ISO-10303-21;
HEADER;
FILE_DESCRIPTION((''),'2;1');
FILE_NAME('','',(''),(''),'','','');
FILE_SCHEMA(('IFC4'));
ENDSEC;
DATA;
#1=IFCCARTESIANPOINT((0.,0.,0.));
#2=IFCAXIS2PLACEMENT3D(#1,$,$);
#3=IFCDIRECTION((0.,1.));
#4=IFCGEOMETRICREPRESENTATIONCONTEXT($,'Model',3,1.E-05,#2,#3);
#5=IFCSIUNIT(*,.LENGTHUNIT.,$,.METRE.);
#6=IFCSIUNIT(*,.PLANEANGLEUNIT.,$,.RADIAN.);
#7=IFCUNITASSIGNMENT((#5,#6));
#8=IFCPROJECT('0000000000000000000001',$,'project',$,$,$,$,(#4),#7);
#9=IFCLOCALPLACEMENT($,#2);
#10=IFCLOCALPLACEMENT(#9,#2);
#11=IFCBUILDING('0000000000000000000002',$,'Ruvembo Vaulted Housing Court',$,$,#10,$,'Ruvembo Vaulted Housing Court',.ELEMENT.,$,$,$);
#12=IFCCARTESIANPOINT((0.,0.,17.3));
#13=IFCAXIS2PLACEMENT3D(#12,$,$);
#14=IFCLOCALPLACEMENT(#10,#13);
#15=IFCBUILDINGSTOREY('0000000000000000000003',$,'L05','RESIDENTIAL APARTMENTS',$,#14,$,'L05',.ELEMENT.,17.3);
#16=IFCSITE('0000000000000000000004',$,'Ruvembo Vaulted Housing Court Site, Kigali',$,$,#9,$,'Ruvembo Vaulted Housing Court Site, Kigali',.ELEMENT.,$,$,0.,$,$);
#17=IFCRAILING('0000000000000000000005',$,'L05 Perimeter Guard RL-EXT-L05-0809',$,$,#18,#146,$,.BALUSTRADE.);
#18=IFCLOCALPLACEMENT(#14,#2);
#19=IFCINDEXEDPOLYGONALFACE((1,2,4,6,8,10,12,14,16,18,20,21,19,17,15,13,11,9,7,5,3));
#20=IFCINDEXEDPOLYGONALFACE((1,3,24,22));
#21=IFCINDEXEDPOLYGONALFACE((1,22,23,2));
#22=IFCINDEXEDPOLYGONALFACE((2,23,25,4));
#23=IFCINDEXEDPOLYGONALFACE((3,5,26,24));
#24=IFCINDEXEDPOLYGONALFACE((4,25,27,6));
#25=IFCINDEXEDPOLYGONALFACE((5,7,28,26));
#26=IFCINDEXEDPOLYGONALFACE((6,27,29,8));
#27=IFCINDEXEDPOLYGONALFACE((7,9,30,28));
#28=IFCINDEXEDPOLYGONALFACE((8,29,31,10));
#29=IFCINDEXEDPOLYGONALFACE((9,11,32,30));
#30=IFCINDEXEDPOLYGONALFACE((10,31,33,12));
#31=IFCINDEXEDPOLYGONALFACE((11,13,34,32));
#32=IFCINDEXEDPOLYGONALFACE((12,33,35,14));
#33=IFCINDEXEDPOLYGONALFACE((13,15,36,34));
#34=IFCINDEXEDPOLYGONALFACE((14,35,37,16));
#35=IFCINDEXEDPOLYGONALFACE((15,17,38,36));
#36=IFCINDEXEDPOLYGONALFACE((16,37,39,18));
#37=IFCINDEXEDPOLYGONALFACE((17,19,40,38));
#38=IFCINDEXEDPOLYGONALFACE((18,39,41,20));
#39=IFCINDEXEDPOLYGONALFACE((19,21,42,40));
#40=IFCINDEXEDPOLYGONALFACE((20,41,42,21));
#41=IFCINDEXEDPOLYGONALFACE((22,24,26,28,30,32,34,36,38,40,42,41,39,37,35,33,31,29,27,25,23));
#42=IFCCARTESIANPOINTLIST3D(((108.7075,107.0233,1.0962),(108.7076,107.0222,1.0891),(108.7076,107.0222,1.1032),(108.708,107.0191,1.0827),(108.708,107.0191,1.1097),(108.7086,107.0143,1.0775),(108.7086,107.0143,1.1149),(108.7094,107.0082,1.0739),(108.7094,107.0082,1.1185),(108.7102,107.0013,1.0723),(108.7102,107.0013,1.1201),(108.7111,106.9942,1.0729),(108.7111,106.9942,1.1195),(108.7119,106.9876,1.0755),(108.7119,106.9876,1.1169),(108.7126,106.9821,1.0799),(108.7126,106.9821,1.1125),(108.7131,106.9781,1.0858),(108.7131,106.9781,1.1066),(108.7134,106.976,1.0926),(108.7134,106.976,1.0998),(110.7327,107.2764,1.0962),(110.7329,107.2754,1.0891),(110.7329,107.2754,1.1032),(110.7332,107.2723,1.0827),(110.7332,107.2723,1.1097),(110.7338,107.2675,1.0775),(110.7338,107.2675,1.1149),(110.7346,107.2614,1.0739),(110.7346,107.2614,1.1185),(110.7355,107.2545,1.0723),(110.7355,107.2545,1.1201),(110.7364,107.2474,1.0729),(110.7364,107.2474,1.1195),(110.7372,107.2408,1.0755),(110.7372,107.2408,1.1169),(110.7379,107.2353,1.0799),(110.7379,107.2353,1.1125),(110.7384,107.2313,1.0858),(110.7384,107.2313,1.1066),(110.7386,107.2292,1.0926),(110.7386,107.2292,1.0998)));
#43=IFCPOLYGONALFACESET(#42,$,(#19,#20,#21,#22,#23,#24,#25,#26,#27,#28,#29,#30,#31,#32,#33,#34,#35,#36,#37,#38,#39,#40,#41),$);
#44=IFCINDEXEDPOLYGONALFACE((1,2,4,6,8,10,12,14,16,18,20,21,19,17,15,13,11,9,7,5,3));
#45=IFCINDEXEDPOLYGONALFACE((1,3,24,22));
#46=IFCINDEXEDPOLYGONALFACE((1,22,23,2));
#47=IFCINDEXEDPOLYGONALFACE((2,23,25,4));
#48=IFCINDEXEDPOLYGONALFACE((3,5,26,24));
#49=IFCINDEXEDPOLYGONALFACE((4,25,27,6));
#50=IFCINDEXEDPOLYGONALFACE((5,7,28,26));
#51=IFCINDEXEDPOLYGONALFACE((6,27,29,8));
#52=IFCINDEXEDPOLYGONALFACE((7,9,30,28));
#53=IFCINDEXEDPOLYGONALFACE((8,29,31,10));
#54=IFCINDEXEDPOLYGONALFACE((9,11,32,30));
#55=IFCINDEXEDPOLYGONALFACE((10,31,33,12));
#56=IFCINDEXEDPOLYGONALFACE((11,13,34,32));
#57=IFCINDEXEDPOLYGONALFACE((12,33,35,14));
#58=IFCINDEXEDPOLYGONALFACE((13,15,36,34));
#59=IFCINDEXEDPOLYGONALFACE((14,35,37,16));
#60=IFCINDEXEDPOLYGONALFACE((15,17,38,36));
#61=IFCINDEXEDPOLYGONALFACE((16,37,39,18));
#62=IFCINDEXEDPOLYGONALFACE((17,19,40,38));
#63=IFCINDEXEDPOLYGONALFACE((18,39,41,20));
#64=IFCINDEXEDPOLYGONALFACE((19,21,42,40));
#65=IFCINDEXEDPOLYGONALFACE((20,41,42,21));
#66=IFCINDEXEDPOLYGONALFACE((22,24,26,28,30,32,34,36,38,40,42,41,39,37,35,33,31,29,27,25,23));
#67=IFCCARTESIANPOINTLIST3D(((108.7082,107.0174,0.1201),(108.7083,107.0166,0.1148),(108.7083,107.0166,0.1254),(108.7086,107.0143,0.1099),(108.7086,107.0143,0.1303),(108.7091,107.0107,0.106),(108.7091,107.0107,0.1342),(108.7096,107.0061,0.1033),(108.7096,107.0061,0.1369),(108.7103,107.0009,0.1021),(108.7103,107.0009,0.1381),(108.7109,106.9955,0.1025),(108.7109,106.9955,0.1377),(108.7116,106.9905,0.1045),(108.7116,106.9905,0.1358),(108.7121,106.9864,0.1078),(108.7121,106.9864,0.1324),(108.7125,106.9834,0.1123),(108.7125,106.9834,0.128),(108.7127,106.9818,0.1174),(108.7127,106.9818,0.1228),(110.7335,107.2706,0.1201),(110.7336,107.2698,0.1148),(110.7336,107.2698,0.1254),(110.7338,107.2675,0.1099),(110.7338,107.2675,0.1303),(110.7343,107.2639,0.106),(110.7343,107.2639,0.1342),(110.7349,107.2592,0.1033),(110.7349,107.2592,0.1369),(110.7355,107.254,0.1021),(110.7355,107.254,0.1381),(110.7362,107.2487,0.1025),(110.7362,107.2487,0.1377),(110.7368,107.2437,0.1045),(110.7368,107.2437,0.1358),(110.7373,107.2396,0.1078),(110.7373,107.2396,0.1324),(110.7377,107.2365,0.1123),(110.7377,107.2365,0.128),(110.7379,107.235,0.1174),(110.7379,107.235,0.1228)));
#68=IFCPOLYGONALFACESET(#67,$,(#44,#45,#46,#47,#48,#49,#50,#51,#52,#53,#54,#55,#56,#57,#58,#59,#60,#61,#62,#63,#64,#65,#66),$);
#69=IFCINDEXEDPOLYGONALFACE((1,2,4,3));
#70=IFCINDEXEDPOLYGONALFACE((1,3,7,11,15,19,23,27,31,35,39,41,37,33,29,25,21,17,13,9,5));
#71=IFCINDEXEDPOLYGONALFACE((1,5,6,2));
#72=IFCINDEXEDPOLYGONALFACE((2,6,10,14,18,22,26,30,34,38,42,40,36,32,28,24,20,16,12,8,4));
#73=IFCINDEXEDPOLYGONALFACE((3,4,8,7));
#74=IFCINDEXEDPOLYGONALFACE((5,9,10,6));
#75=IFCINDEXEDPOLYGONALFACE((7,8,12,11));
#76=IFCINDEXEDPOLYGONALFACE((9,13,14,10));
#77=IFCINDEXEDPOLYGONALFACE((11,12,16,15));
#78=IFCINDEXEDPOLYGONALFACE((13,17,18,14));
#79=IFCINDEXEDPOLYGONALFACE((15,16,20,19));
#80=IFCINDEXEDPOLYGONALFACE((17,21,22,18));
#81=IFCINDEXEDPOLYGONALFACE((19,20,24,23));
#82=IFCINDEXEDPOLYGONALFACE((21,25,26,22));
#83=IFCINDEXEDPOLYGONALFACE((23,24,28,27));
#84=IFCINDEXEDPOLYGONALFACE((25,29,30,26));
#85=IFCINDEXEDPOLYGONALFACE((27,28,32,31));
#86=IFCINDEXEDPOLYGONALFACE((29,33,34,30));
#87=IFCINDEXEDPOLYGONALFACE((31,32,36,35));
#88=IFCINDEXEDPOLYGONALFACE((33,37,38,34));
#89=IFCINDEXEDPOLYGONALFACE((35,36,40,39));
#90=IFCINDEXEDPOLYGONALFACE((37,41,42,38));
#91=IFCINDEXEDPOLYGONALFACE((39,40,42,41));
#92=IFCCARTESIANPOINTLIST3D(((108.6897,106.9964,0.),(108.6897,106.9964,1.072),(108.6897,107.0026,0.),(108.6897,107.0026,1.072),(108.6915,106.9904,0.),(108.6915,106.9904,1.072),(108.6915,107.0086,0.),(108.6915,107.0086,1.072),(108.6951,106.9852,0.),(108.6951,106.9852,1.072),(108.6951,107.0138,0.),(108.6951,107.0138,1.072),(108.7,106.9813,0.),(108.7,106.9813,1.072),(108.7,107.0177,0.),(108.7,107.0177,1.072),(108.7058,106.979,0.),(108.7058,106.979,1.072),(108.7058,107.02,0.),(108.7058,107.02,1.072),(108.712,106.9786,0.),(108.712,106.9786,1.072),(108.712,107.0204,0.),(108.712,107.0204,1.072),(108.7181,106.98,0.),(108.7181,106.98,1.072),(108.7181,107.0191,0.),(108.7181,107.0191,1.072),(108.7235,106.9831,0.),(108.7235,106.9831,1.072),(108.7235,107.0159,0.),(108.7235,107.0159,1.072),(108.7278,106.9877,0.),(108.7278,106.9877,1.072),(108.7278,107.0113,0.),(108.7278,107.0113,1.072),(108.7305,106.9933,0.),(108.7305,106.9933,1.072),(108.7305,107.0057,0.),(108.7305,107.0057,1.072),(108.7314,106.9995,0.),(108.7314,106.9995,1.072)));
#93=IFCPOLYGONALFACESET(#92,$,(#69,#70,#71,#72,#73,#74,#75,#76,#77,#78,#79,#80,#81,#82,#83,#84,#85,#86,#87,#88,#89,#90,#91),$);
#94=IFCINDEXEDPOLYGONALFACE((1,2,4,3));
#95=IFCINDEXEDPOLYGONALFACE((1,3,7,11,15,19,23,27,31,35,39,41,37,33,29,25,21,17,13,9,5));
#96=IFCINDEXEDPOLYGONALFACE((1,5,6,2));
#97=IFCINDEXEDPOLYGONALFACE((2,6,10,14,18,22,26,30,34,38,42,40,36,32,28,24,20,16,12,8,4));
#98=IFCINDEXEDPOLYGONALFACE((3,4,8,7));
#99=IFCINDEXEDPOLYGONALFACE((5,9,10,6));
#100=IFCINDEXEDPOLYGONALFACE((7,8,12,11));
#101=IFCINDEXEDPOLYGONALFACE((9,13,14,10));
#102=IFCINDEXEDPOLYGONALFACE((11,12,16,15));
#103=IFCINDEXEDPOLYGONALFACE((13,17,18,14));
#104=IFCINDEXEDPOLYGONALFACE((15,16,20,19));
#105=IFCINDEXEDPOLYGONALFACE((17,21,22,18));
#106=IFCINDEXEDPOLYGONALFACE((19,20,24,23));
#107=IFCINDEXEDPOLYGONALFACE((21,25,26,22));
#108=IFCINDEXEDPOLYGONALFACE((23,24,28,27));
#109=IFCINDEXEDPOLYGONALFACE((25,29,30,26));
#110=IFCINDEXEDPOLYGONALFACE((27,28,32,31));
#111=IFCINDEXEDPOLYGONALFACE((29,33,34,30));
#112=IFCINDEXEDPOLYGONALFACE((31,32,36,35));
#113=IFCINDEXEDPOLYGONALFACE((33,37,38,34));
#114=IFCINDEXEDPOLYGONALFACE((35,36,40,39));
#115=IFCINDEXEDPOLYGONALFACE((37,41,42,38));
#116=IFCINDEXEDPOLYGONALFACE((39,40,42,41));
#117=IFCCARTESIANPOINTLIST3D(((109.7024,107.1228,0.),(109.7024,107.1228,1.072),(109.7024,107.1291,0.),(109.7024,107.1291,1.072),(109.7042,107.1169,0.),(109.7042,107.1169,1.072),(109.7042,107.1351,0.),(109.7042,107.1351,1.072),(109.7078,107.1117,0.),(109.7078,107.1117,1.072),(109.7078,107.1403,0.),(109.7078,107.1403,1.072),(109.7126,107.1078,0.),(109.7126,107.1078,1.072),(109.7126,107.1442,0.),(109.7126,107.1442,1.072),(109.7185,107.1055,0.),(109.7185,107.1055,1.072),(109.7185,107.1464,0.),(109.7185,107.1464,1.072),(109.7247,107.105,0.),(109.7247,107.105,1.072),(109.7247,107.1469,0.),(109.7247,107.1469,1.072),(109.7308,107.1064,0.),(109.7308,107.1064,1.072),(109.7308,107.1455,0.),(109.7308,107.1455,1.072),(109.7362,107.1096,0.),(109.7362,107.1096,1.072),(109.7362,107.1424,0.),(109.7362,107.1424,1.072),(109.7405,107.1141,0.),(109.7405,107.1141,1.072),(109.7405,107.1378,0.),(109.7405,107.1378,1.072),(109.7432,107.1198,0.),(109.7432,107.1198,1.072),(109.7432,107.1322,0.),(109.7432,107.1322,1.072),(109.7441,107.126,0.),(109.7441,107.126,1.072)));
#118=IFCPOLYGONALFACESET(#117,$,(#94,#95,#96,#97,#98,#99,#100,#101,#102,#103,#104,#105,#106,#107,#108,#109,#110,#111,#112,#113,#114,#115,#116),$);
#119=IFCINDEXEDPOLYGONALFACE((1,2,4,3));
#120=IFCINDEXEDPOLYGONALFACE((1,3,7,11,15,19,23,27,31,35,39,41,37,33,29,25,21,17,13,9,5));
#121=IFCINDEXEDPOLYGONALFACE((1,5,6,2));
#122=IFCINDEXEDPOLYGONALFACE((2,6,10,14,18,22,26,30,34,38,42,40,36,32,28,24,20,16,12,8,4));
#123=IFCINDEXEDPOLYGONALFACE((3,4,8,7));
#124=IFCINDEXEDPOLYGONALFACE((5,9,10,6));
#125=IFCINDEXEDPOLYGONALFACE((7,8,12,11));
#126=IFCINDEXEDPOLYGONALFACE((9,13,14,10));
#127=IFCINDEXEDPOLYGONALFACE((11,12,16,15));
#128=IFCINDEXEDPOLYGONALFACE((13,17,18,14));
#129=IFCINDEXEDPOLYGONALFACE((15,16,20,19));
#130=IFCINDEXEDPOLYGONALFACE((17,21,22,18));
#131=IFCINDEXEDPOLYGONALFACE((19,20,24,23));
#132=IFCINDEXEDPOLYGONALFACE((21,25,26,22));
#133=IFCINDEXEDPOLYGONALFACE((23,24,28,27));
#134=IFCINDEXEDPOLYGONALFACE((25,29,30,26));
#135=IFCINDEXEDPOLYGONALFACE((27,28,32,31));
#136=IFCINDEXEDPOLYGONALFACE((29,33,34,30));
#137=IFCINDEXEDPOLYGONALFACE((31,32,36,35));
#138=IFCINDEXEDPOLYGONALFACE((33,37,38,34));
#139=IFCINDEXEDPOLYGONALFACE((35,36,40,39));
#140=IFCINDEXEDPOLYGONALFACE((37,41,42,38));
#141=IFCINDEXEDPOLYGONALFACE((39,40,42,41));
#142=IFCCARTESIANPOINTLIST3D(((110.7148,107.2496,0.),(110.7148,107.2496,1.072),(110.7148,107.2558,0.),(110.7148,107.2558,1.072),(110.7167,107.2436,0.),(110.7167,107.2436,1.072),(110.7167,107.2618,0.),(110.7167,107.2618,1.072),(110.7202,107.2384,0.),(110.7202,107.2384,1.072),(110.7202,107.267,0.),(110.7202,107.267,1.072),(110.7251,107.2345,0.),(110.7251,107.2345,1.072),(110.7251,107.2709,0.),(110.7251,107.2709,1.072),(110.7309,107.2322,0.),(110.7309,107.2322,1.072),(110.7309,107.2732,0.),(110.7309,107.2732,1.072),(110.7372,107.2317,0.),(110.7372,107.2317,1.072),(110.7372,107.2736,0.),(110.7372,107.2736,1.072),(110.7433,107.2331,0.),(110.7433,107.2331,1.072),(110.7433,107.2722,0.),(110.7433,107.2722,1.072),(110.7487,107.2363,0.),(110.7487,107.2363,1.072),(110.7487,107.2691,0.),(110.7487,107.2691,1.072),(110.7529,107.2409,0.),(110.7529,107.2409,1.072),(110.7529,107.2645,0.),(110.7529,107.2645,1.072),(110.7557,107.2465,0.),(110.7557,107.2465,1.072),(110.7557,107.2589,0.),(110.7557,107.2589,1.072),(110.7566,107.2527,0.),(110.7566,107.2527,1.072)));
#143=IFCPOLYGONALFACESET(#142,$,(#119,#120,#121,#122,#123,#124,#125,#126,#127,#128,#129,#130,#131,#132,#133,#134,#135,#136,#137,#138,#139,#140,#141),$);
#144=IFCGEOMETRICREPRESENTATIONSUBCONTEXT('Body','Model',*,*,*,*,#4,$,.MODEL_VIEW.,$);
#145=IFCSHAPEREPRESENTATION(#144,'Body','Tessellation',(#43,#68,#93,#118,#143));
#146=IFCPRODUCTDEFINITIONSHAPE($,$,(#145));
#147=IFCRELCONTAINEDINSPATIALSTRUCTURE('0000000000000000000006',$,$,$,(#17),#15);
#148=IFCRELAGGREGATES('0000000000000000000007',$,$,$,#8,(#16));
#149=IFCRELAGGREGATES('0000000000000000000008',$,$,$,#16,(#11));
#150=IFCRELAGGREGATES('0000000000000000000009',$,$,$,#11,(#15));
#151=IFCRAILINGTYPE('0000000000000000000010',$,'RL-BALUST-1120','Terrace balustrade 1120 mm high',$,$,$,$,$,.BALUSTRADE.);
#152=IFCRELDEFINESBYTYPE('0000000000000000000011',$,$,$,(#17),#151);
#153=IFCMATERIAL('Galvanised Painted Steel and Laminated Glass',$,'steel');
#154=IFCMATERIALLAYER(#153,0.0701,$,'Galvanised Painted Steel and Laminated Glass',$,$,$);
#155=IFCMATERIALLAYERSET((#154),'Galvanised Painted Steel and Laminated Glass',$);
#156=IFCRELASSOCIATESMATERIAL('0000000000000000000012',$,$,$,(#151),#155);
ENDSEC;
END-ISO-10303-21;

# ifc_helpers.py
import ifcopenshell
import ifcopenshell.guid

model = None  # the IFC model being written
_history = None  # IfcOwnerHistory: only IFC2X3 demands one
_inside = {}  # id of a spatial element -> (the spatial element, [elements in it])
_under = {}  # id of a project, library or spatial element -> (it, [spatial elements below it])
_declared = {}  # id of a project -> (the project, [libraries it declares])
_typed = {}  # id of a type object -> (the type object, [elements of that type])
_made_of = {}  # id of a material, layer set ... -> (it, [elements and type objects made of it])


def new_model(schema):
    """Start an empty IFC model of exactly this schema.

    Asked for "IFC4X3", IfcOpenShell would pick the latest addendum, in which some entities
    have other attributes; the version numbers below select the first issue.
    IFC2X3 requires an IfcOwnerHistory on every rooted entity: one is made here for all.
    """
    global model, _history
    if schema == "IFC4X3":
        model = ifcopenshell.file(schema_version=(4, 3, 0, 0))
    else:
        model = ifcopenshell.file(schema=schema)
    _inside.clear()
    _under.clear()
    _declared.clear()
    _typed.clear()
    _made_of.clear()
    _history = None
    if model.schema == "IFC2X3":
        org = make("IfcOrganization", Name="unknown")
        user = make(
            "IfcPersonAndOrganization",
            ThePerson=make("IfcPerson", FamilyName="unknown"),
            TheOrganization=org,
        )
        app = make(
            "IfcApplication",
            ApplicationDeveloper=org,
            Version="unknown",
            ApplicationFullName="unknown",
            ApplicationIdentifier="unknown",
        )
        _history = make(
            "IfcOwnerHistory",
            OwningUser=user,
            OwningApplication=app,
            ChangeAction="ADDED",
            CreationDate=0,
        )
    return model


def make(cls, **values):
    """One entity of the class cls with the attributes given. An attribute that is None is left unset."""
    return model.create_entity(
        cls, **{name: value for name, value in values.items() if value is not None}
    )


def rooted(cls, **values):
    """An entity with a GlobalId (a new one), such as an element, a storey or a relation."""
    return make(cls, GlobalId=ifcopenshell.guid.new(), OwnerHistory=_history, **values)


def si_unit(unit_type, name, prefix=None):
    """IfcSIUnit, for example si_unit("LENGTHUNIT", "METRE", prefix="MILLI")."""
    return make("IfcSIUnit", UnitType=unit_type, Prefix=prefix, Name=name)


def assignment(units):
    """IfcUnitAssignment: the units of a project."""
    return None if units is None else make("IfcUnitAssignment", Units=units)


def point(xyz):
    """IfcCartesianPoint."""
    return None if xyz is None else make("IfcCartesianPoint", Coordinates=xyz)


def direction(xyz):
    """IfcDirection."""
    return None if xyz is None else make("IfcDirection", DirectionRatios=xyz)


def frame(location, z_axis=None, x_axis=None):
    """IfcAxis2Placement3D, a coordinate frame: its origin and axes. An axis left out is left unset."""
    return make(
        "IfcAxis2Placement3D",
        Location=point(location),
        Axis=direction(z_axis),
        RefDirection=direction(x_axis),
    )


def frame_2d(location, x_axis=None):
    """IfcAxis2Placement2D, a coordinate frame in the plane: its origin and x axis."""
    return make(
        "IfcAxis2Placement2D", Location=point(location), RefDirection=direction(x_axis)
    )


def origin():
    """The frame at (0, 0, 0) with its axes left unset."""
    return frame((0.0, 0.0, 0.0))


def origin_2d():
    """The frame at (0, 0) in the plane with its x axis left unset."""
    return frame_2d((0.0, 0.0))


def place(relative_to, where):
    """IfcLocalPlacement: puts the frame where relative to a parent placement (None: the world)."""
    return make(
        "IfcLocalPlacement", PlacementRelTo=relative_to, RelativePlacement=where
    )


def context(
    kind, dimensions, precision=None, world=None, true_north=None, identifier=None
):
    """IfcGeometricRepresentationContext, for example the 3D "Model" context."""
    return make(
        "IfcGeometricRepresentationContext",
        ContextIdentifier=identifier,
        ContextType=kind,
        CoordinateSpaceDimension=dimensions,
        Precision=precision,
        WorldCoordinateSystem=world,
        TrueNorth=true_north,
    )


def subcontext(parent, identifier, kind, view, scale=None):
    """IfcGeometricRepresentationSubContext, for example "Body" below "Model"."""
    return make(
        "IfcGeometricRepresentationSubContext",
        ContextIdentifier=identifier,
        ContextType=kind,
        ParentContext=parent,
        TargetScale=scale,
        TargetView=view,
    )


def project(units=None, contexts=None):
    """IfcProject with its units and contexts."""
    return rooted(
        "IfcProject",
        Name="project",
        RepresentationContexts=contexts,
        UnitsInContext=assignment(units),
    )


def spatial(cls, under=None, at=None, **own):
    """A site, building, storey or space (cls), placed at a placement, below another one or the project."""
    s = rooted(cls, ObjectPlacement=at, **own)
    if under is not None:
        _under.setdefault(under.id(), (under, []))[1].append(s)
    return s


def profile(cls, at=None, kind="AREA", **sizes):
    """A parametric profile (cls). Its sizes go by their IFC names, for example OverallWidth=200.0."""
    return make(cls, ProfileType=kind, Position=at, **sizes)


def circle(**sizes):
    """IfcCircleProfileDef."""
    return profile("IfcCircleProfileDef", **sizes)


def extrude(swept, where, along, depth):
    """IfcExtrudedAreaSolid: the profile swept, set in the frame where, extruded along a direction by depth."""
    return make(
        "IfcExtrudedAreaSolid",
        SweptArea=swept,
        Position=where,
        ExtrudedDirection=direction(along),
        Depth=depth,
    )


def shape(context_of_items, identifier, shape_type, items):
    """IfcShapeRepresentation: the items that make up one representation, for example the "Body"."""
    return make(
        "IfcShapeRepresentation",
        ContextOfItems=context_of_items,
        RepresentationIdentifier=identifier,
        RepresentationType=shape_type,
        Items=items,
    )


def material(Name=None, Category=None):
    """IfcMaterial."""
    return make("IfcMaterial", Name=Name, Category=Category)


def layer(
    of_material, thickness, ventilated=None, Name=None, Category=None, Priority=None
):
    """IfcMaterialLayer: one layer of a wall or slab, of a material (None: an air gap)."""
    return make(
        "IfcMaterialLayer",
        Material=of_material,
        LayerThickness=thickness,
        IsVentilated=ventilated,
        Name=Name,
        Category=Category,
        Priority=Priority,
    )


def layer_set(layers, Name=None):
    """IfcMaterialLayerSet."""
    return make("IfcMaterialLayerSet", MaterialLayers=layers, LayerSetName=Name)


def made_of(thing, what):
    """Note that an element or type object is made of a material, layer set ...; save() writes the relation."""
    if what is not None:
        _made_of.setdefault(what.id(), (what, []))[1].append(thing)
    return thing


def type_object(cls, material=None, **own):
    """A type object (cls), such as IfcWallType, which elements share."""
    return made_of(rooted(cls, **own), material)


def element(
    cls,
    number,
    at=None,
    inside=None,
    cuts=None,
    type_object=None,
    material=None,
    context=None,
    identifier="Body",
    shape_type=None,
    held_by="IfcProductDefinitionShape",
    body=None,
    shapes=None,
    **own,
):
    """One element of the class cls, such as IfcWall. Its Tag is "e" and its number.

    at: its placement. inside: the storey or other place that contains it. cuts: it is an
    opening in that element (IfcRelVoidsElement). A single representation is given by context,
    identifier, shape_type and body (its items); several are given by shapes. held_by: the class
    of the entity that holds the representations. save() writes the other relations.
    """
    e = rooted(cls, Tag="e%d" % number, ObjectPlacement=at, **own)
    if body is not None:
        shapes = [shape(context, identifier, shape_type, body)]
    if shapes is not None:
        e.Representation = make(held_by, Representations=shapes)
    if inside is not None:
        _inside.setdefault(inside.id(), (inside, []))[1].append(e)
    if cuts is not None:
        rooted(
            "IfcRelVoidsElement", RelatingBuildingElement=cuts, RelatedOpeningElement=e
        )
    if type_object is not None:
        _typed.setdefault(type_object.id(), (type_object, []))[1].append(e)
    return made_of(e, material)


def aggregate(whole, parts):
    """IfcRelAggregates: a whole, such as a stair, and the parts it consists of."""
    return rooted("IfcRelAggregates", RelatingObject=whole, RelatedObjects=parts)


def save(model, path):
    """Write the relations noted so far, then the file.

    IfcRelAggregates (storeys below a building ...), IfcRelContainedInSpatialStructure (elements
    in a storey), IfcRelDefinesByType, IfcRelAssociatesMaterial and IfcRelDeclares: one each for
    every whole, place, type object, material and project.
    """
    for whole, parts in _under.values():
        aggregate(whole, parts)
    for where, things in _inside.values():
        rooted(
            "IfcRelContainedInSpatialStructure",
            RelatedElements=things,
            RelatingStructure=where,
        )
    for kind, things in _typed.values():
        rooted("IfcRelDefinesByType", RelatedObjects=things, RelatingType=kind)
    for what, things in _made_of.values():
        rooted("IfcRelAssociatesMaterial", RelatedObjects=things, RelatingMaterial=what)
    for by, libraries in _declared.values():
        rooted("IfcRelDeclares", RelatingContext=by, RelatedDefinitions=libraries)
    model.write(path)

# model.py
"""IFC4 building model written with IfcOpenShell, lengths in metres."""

from ifc_helpers import new_model, si_unit, direction, frame, origin, origin_2d, place, context, subcontext, project, spatial, circle, extrude, material, layer, layer_set, type_object, element, save


model = new_model("IFC4")

# Units and contexts
model_context = context("Model", 3, precision=1e-05, world=origin(), true_north=direction((0.0, 1.0)))
body_context = subcontext(model_context, "Body", "Model", "MODEL_VIEW")
ifc_project = project(units=[si_unit("LENGTHUNIT", "METRE"), si_unit("PLANEANGLEUNIT", "RADIAN")], contexts=[model_context])

# Site, building, storey
site_placement = place(None, origin())
site = spatial("IfcSite", under=ifc_project, at=site_placement, Name="Ruvembo Vaulted Housing Court Site, Kigali", LongName="Ruvembo Vaulted Housing Court Site, Kigali", CompositionType="ELEMENT", RefElevation=0.0)
building_placement = place(site_placement, origin())
building = spatial("IfcBuilding", under=site, at=building_placement, Name="Ruvembo Vaulted Housing Court", LongName="Ruvembo Vaulted Housing Court", CompositionType="ELEMENT")
storey_placement = place(building_placement, frame((0.0, 0.0, 17.3)))
storey = spatial("IfcBuildingStorey", under=building, at=storey_placement, Name="L05", Description="RESIDENTIAL APARTMENTS", LongName="L05", CompositionType="ELEMENT", Elevation=17.3)

# Railing
ifc_material_1 = material(Name="Galvanised Painted Steel and Laminated Glass", Category="steel")
ifc_layer_1 = layer(ifc_material_1, 0.0701, Name="Galvanised Painted Steel and Laminated Glass")
ifc_layer_set_1 = layer_set([ifc_layer_1], Name="Galvanised Painted Steel and Laminated Glass")
railing_type = type_object("IfcRailingType", Name="RL-BALUST-1120", Description="Terrace balustrade 1120 mm high", PredefinedType="BALUSTRADE", material=ifc_layer_set_1)
railing_1_placement = place(storey_placement, frame((108.7104, 106.9995, 0.0)))
element("IfcRailing", 1, at=railing_1_placement, inside=storey, type_object=railing_type, Name="L05 Perimeter Guard RL-EXT-L05-0809", PredefinedType="BALUSTRADE", context=body_context, shape_type="SweptSolid", body=[
    extrude(circle(Radius=0.0239, at=origin_2d()), frame((0.0, 0.0, 1.0962), z_axis=(0.992276, 0.124049, 0.0), x_axis=(-0.124049, 0.992276, 0.0)), (0.0, 0.0, 1.0), 2.041),
    extrude(circle(Radius=0.0181, at=origin_2d()), frame((0.0, 0.0, 0.1201), z_axis=(0.992276, 0.124049, 0.0), x_axis=(-0.124049, 0.992276, 0.0)), (0.0, 0.0, 1.0), 2.041),
    extrude(circle(Radius=0.021, at=origin_2d()), origin(), (0.0, 0.0, 1.0), 1.072),
    extrude(circle(Radius=0.021, at=origin_2d()), frame((1.0127, 0.1265, 0.0)), (0.0, 0.0, 1.0), 1.072),
    extrude(circle(Radius=0.021, at=origin_2d()), frame((2.0251, 0.2532, 0.0)), (0.0, 0.0, 1.0), 1.072),
])

save(model, "model.ifc")
